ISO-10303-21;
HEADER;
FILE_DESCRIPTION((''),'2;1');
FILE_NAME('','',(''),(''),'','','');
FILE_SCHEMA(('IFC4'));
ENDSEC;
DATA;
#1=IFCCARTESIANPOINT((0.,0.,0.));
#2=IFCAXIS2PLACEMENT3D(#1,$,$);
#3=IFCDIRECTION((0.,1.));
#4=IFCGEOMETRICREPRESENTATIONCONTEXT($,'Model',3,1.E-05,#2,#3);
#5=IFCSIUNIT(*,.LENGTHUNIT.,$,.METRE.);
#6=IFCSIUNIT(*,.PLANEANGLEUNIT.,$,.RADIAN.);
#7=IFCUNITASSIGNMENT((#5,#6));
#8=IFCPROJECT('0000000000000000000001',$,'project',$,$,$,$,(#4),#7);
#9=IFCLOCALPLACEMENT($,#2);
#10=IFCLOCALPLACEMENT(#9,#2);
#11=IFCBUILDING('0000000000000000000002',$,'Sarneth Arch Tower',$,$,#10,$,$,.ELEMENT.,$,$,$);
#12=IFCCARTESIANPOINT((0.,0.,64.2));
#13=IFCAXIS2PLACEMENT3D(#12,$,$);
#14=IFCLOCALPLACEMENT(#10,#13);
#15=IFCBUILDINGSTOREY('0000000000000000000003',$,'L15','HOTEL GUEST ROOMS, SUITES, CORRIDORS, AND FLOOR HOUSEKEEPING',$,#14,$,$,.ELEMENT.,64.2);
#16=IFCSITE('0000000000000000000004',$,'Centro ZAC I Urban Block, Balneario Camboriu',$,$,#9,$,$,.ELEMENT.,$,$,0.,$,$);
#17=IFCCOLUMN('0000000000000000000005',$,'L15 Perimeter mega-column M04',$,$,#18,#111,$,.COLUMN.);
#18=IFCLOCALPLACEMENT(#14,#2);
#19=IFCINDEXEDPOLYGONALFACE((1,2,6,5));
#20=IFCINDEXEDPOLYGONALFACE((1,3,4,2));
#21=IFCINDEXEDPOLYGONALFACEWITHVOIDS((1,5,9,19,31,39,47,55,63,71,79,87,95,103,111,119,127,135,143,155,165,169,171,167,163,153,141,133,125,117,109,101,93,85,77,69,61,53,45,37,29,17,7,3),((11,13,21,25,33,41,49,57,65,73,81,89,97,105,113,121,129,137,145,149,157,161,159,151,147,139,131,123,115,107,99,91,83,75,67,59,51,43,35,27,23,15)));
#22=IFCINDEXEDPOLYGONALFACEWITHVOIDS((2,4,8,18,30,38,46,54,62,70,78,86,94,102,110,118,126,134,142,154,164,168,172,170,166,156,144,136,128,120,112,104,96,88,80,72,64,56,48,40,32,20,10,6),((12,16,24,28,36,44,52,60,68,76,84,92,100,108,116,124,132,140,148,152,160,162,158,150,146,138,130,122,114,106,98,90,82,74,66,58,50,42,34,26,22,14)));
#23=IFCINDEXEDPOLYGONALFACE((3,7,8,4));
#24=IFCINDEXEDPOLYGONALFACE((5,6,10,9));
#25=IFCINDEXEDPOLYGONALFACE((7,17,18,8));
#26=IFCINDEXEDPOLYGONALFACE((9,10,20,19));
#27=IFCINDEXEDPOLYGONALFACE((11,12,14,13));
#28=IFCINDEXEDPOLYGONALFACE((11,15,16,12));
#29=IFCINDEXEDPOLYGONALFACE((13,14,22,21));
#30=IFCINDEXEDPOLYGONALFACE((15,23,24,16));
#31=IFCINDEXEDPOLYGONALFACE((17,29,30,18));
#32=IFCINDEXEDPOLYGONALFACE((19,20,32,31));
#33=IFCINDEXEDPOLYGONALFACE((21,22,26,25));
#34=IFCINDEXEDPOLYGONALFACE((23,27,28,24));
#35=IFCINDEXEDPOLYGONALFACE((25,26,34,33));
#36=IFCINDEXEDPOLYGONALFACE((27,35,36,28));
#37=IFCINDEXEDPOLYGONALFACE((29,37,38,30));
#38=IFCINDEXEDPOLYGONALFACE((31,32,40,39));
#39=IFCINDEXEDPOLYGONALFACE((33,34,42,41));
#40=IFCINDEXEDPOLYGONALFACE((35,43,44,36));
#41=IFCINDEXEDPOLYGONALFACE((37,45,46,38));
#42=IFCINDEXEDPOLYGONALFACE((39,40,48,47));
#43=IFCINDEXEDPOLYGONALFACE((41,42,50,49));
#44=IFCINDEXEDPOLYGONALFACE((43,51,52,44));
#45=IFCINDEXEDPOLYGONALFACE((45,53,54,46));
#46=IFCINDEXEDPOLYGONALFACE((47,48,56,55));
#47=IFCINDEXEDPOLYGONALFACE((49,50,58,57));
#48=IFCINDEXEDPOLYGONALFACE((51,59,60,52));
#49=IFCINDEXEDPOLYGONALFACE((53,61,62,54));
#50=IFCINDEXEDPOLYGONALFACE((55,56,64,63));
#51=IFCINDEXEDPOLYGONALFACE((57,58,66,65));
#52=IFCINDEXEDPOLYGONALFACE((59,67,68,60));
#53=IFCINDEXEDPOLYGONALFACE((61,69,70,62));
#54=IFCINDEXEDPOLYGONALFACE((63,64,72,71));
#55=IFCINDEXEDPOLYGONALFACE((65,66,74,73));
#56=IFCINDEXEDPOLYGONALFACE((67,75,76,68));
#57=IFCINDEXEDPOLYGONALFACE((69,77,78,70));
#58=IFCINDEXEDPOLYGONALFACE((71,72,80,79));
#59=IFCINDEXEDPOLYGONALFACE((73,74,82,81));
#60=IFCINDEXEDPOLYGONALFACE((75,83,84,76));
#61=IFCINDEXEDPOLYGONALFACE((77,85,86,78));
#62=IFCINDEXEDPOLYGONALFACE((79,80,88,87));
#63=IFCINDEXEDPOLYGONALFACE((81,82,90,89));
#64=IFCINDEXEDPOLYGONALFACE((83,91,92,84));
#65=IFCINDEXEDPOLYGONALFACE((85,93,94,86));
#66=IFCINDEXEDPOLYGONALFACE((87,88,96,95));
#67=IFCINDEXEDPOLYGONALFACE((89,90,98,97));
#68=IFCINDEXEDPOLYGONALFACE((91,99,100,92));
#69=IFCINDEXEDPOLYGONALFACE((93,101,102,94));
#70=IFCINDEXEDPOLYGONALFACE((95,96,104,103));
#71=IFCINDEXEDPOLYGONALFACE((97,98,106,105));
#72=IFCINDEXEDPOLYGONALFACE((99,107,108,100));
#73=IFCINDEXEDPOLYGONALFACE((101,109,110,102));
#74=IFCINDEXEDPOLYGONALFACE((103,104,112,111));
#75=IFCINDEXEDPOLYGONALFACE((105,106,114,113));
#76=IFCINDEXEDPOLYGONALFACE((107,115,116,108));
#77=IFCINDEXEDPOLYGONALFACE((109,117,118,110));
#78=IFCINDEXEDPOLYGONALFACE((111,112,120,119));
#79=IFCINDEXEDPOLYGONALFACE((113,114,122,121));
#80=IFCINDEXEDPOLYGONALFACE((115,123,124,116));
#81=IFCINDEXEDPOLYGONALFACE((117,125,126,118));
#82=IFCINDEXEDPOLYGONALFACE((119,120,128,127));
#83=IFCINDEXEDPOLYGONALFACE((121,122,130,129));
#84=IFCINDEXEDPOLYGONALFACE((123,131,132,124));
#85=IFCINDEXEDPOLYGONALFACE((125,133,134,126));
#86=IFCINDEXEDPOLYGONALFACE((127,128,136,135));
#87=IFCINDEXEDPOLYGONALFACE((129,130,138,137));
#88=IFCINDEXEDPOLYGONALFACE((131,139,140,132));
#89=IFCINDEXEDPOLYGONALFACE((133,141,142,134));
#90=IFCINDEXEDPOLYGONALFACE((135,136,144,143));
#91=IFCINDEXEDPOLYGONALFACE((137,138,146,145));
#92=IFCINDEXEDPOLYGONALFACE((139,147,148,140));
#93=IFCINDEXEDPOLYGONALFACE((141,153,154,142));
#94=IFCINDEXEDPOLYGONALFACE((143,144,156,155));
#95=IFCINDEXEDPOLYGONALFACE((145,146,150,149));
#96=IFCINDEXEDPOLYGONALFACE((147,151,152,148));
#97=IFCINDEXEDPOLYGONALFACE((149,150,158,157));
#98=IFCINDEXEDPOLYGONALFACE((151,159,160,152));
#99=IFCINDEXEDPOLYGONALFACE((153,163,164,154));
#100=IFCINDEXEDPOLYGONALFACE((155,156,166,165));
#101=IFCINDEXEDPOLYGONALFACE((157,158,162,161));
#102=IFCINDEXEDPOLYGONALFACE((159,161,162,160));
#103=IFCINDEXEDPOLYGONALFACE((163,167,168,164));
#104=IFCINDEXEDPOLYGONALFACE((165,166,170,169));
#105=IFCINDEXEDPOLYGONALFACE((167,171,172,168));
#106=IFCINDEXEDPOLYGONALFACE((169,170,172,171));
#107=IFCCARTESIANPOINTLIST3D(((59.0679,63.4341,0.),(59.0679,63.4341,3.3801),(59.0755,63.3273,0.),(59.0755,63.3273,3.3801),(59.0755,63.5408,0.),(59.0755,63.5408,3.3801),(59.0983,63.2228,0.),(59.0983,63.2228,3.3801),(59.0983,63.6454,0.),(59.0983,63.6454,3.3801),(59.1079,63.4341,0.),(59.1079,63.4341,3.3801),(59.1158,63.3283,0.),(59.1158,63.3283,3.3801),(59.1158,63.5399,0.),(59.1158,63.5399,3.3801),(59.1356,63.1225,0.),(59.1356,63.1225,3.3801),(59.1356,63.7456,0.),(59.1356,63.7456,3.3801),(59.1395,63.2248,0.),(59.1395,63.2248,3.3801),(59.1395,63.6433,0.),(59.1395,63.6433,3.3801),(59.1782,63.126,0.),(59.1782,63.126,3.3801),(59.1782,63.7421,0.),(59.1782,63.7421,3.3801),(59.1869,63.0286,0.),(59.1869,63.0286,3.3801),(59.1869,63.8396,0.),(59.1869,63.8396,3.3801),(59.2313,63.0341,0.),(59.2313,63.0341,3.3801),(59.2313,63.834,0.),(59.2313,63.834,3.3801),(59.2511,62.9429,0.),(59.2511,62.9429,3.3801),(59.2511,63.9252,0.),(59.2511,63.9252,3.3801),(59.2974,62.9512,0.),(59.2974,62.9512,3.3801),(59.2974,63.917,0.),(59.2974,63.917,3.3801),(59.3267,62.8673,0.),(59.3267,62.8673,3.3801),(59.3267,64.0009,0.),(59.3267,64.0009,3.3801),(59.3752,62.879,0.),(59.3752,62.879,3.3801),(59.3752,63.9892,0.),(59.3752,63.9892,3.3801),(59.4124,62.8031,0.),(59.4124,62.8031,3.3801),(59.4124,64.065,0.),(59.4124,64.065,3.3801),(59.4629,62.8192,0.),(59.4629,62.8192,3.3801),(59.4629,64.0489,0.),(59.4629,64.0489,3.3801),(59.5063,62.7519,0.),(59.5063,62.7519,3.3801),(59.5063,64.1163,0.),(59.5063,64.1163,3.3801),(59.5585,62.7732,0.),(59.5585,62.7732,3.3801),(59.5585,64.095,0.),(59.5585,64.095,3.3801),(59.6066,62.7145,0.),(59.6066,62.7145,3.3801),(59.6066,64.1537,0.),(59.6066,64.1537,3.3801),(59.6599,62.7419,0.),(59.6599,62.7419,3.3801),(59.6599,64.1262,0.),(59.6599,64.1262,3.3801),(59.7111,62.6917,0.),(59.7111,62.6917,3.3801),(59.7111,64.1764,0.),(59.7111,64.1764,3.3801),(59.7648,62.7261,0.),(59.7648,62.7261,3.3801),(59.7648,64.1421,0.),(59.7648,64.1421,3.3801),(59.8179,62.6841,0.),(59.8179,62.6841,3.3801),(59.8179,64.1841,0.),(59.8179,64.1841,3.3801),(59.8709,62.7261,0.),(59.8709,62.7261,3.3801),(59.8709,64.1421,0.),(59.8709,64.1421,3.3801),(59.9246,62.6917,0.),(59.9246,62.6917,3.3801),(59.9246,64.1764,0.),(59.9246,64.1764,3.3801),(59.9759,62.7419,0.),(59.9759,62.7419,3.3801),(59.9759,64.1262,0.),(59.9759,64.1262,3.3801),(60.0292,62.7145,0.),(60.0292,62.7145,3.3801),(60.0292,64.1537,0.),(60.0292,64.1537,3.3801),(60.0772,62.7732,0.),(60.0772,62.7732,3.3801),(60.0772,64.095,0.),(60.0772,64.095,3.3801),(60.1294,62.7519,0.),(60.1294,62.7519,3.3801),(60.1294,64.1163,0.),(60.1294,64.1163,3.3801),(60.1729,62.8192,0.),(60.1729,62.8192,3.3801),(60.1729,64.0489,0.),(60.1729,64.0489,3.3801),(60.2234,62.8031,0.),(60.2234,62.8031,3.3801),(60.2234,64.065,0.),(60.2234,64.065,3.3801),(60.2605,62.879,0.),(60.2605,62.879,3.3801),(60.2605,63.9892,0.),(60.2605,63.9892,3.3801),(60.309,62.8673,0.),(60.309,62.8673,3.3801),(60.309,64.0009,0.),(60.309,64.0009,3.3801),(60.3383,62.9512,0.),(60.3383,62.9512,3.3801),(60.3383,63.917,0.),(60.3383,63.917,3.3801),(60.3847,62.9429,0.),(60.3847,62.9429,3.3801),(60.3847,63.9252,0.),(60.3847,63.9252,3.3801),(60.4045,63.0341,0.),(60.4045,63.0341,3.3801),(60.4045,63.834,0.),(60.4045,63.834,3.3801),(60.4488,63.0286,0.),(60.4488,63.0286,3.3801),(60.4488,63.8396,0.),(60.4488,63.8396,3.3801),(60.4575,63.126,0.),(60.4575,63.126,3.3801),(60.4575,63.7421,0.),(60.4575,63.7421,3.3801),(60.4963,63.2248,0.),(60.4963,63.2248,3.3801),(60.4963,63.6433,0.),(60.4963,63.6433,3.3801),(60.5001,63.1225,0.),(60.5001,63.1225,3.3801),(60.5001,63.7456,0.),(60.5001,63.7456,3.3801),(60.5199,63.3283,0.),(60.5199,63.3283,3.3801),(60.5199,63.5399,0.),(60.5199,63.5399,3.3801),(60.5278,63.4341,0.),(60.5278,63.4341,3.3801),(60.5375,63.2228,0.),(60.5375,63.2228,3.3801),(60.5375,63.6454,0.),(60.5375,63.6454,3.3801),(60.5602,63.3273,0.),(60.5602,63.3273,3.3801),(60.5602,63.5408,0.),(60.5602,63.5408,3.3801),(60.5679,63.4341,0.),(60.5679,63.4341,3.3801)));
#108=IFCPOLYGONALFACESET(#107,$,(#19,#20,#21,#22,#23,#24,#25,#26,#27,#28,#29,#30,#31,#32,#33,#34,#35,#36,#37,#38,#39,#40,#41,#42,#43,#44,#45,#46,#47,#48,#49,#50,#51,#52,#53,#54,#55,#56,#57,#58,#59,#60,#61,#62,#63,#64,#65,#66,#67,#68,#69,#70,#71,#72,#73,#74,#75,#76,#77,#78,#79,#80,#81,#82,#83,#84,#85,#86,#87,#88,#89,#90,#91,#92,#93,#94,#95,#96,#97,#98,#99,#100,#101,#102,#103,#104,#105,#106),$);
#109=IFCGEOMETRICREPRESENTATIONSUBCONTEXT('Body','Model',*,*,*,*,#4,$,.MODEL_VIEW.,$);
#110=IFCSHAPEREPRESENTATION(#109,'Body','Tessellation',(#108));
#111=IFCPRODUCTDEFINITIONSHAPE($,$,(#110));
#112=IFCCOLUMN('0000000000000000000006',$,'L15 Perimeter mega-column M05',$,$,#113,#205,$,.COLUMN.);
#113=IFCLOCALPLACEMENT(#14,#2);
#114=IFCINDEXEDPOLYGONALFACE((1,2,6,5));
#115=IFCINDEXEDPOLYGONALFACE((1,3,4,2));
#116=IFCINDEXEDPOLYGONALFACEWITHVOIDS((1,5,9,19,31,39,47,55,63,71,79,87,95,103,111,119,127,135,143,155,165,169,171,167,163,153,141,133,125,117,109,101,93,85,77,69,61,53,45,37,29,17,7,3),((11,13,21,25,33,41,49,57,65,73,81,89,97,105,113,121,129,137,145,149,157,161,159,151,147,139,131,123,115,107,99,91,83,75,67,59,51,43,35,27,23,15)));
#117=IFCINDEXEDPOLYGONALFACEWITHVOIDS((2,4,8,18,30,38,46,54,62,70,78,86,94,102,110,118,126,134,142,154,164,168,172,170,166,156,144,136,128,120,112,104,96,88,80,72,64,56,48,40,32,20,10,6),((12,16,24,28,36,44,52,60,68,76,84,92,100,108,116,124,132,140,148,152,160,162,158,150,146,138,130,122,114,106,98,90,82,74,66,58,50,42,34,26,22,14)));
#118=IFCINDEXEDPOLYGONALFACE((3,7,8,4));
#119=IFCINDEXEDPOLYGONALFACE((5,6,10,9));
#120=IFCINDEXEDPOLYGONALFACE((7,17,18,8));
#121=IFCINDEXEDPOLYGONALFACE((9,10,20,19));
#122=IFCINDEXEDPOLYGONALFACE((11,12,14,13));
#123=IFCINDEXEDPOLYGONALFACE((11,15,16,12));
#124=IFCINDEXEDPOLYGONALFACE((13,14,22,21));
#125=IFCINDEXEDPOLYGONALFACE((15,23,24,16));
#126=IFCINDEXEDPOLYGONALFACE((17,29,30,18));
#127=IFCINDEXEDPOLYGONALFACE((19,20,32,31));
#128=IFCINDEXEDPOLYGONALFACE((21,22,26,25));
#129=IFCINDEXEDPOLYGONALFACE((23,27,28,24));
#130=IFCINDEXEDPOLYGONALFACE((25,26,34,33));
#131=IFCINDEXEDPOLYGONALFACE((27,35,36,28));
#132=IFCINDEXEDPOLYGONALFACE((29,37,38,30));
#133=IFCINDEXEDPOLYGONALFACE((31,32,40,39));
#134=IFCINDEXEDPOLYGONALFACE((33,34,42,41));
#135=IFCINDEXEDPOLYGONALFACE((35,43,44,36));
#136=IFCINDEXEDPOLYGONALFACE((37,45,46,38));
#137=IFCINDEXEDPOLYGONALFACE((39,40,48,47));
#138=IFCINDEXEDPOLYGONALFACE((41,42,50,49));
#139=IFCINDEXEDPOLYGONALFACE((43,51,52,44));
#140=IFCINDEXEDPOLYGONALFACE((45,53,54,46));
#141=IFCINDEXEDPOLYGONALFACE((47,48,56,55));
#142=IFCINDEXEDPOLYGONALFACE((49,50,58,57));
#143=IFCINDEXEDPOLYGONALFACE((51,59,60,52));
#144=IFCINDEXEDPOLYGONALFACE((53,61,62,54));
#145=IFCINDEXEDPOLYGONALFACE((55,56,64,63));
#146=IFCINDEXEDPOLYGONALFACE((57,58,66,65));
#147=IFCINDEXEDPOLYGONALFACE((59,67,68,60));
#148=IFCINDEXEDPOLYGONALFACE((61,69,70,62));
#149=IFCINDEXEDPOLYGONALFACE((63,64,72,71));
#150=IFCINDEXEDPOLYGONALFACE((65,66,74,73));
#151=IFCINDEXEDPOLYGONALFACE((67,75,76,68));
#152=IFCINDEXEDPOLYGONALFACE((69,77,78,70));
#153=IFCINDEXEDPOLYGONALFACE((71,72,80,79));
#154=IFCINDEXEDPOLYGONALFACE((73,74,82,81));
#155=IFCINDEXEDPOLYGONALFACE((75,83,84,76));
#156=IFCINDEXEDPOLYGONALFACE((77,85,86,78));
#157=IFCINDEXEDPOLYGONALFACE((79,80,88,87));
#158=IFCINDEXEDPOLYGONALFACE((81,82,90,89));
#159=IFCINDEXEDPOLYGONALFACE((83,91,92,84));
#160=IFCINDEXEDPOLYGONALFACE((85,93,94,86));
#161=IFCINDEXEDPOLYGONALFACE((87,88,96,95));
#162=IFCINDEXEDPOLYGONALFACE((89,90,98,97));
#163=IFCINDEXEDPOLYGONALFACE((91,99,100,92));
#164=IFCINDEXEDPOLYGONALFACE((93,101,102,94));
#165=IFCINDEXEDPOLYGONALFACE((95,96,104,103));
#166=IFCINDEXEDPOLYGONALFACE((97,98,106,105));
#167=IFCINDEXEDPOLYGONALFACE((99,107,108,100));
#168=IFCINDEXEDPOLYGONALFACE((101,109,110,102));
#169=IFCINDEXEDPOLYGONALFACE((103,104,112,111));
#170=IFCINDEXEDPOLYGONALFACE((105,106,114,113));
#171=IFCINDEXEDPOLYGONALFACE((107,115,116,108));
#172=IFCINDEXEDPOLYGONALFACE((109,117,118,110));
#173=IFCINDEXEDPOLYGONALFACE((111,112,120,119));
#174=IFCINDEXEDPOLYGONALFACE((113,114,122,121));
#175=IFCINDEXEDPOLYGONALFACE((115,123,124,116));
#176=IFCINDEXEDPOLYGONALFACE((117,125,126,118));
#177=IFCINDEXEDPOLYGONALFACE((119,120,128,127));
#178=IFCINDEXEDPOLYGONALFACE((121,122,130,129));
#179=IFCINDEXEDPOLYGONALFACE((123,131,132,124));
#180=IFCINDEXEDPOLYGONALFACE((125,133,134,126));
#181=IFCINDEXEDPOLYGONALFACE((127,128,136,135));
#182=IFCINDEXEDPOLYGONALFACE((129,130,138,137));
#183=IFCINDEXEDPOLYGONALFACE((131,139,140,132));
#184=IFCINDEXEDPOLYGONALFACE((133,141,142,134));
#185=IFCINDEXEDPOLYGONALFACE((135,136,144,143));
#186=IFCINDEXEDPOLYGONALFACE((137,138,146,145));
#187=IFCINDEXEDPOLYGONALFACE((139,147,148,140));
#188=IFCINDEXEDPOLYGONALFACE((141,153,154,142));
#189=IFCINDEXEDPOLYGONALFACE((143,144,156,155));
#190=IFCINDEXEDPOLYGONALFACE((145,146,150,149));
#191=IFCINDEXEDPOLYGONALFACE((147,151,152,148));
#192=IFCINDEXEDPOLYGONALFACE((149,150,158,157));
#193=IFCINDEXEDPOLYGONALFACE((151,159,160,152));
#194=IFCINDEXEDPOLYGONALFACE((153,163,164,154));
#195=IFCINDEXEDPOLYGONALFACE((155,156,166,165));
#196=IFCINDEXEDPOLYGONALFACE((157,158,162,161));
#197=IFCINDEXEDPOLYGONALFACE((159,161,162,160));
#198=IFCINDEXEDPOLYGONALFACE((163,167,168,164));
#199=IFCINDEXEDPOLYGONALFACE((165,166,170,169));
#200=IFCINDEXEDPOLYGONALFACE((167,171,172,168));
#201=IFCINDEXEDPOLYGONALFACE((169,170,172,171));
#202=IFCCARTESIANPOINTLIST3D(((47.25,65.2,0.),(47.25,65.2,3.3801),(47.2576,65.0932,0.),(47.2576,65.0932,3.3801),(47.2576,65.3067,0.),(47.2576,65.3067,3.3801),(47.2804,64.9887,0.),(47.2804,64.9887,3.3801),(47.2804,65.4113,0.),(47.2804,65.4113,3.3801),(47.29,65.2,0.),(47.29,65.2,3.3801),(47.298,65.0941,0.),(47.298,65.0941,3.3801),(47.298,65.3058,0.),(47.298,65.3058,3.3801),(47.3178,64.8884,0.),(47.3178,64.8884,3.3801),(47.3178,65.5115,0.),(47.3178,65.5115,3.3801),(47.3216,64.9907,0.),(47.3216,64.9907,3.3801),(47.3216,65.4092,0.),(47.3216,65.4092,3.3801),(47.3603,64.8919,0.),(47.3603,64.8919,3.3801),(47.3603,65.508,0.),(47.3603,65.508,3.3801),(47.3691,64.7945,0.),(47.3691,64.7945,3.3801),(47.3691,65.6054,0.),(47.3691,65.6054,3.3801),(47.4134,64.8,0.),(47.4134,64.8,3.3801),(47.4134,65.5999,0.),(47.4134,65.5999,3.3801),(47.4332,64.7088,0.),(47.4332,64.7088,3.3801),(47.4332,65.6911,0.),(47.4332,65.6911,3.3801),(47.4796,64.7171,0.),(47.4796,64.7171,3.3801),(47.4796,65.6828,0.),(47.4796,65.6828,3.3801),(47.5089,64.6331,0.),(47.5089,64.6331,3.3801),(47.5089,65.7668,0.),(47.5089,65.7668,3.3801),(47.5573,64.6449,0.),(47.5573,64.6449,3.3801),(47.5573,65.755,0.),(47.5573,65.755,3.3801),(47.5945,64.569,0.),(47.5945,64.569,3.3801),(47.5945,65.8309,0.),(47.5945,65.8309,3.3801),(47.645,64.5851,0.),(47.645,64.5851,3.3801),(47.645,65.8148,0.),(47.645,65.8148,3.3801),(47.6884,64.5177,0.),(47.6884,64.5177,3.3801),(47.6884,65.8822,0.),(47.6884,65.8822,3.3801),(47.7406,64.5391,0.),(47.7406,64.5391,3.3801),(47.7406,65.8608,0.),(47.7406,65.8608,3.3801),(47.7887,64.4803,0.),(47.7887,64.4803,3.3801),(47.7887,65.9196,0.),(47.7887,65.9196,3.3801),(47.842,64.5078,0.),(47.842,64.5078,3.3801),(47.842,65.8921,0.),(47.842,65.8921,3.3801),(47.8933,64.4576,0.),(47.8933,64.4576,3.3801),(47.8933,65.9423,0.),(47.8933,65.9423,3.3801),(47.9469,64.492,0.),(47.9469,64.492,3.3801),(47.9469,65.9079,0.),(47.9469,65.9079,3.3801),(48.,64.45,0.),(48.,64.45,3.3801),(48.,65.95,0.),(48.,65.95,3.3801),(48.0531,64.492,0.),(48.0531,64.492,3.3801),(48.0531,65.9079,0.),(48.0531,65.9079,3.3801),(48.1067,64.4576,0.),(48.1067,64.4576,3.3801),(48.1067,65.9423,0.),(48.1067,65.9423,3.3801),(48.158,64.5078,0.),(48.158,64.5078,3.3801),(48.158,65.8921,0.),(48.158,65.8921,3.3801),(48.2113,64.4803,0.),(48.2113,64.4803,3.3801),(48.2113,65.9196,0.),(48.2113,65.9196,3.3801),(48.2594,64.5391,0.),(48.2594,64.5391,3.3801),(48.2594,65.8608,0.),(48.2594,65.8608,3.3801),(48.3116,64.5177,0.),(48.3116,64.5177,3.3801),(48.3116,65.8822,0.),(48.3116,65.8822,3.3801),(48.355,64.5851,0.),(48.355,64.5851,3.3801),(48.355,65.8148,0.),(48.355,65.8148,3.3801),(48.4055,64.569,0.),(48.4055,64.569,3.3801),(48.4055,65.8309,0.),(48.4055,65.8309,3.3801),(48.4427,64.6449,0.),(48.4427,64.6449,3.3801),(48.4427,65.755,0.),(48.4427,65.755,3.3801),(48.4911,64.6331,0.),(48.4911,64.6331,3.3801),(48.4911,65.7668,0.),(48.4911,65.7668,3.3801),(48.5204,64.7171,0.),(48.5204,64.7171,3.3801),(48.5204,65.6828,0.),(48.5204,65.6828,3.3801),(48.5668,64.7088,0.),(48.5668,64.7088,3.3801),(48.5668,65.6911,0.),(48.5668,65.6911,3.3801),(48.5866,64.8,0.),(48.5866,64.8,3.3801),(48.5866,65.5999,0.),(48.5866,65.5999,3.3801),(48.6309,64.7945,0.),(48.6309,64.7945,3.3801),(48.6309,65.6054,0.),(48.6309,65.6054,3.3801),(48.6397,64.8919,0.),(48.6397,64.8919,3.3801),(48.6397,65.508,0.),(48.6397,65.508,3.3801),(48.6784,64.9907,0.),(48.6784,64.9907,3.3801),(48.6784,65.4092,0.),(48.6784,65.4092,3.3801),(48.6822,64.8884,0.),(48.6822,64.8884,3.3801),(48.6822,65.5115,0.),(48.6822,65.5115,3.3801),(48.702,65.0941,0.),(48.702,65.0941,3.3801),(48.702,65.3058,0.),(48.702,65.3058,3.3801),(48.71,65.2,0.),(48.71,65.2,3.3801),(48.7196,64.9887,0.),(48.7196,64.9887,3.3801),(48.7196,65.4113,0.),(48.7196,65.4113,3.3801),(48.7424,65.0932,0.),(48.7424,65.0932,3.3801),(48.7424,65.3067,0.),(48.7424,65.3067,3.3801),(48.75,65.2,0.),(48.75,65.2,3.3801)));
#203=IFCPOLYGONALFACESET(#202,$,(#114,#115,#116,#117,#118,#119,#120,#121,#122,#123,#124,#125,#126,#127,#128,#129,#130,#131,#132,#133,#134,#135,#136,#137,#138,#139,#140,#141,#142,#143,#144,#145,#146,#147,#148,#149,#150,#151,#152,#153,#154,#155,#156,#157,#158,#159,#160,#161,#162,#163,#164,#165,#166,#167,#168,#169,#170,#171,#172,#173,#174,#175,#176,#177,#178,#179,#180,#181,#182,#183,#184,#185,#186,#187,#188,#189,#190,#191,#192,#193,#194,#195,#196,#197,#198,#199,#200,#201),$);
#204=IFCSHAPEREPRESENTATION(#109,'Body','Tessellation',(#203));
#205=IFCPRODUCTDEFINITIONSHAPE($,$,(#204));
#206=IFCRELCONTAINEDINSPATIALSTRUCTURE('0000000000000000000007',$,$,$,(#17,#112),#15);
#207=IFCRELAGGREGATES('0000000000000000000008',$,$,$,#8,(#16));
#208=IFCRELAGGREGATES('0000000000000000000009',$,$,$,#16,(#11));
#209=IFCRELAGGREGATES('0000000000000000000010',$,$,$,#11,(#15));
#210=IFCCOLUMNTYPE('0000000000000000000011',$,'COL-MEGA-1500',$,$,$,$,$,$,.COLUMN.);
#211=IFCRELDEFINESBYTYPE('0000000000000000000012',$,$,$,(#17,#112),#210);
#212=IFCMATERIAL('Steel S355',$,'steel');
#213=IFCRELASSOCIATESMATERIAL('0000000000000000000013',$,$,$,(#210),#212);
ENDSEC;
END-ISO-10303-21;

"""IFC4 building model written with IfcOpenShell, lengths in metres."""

from ifc_helpers import new_model, si_unit, direction, frame, origin, origin_2d, place, context, subcontext, project, spatial, hollow_circle, extrude, material, material_profile, profile_set, type_object, element, save


model = new_model("IFC4")

# Units and contexts
model_context = context("Model", 3, precision=1e-05, world=origin(), true_north=direction((0.0, 1.0)))
body_context = subcontext(model_context, "Body", "Model", "MODEL_VIEW")
ifc_project = project(units=[si_unit("LENGTHUNIT", "METRE"), si_unit("PLANEANGLEUNIT", "RADIAN")], contexts=[model_context])

# Site, building, storey
site_placement = place(None, origin())
site = spatial("IfcSite", under=ifc_project, at=site_placement, Name="Centro ZAC I Urban Block, Balneario Camboriu", CompositionType="ELEMENT", RefElevation=0.0)
building_placement = place(site_placement, origin())
building = spatial("IfcBuilding", under=site, at=building_placement, Name="Sarneth Arch Tower", CompositionType="ELEMENT")
storey_placement = place(building_placement, frame((0.0, 0.0, 64.2)))
storey = spatial("IfcBuildingStorey", under=building, at=storey_placement, Name="L15", Description="HOTEL GUEST ROOMS, SUITES, CORRIDORS, AND FLOOR HOUSEKEEPING", CompositionType="ELEMENT", Elevation=64.2)

# Columns
ifc_material_1 = material(Name="Steel S355", Category="steel")
ifc_material_profile_1 = material_profile(ifc_material_1, hollow_circle(Radius=0.75, WallThickness=0.04, at=origin_2d()), Name="CHS1500x40")
ifc_profile_set_1 = profile_set([ifc_material_profile_1], Name="Steel S355")
column_type = type_object("IfcColumnType", Name="COL-MEGA-1500", PredefinedType="COLUMN", material=ifc_profile_set_1)
for number, where, z_axis, x_axis, name in (
    (1, (59.8179, 63.4341, 0.0), (0.0, 0.0, 1.0), (1.0, 0.0, 0.0), "L15 Perimeter mega-column M04"),
    (2, (48.0, 65.2, 0.0), (0.0, 0.0, 1.0), (1.0, 0.0, 0.0), "L15 Perimeter mega-column M05"),
):
    element("IfcColumn", number, at=place(storey_placement, frame(where, z_axis=z_axis, x_axis=x_axis)), inside=storey, type_object=column_type, Name=name, PredefinedType="COLUMN", context=body_context, shape_type="SweptSolid", body=[
        extrude(hollow_circle(Radius=0.75, WallThickness=0.04, at=origin_2d()), origin(), (0.0, 0.0, 1.0), 3.3801),
    ])

save(model, "model.ifc")
